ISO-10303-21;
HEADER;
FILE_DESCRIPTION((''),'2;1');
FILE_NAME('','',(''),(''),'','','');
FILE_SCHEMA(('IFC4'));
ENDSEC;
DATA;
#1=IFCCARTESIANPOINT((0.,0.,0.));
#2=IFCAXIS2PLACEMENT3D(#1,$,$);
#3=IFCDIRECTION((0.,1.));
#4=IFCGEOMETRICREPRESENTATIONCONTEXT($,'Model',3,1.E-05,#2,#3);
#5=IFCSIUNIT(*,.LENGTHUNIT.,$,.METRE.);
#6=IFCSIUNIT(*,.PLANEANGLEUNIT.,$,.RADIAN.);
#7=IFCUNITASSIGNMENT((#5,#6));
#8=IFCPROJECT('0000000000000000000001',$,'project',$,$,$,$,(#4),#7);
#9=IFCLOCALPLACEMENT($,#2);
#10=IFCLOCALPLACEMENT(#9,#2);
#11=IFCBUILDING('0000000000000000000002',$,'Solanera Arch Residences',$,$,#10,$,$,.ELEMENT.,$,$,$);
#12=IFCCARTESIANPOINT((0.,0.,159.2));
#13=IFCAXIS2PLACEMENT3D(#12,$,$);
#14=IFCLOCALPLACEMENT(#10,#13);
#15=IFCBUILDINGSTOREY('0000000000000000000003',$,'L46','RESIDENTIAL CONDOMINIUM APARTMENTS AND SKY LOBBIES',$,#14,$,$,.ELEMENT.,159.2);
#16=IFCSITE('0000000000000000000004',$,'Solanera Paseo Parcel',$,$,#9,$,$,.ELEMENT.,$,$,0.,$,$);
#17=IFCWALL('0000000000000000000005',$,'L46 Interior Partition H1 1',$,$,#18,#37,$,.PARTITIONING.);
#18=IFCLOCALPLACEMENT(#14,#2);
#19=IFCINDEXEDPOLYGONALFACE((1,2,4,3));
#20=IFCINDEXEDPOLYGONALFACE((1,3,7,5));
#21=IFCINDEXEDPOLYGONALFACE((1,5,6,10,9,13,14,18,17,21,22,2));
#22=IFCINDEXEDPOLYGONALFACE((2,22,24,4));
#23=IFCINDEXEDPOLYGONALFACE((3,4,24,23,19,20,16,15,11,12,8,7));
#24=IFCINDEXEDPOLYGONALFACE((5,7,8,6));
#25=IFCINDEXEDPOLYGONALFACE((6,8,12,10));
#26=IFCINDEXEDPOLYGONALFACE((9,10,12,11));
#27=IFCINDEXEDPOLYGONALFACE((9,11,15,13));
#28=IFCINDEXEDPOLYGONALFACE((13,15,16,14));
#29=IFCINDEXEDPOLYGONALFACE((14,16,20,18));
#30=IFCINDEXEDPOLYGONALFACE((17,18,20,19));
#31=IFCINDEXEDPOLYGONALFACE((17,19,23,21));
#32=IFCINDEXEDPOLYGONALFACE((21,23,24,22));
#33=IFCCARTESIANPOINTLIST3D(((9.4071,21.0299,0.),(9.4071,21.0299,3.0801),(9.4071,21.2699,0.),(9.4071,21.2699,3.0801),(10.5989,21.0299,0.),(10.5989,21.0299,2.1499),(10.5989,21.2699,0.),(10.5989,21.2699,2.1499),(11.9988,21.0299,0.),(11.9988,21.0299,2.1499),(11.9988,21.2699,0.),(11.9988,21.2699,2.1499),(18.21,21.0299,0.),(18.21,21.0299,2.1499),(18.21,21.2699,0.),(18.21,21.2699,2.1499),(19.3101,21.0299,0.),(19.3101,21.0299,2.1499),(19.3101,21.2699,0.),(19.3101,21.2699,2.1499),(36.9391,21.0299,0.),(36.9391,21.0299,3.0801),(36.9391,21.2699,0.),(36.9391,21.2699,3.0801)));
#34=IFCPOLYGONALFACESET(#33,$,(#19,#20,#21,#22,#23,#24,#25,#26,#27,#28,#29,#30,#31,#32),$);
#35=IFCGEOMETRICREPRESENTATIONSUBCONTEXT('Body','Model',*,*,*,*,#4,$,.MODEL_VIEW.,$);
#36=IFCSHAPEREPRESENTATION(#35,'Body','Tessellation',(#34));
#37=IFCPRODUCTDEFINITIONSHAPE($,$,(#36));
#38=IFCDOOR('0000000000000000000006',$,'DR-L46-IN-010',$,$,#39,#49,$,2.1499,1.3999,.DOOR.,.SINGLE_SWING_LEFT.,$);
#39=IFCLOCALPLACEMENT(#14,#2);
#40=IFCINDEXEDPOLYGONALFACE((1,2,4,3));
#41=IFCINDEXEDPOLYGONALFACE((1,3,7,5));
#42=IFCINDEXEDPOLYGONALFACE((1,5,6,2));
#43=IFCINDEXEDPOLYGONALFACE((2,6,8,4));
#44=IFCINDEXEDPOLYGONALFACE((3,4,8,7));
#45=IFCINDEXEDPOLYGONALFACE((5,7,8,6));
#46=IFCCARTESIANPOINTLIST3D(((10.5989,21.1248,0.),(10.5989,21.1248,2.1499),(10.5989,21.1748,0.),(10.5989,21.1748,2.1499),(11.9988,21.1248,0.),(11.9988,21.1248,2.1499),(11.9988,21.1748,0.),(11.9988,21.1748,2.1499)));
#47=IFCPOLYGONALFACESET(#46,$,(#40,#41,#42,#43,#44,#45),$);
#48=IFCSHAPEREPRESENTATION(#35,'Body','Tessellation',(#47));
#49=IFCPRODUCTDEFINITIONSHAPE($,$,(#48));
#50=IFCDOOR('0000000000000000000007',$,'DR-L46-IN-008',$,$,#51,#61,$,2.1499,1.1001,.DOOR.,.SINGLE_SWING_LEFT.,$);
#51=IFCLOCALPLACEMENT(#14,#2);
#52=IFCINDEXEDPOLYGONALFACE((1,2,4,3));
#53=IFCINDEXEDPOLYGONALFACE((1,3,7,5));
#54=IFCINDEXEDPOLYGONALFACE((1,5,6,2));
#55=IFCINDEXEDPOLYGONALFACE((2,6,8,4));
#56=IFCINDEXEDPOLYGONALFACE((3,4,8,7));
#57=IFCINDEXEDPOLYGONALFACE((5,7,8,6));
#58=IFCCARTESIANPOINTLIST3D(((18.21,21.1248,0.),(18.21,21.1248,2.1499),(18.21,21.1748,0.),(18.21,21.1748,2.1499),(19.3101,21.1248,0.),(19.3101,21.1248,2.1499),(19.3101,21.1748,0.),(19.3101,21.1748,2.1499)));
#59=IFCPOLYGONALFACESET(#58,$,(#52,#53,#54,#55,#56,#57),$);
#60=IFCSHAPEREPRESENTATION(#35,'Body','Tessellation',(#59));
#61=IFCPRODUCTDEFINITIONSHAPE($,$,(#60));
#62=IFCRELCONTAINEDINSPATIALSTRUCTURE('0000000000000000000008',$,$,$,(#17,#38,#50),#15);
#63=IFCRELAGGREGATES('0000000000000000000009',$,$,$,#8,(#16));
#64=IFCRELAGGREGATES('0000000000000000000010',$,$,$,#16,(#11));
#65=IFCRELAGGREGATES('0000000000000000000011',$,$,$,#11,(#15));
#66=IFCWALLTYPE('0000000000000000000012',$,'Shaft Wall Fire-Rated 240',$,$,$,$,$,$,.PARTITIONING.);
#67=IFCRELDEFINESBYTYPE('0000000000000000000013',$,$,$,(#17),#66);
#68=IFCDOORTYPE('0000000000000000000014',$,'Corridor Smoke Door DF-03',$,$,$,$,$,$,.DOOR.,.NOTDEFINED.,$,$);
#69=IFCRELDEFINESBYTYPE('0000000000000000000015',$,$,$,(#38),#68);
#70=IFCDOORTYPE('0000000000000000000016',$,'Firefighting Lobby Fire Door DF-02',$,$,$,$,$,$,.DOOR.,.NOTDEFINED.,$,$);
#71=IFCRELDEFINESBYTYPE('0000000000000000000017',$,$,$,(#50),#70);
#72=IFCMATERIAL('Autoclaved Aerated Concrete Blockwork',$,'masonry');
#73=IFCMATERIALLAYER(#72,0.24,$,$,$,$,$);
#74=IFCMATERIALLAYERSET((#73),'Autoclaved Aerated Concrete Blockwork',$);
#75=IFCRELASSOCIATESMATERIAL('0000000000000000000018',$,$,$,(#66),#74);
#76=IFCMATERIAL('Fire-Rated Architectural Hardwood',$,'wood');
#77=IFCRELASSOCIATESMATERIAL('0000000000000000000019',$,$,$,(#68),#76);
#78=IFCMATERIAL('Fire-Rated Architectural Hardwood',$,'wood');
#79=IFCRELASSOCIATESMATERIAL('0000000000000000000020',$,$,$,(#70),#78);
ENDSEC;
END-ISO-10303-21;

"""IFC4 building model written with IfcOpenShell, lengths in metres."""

from ifc_helpers import new_model, si_unit, direction, frame, frame_2d, origin, place, context, subcontext, project, spatial, rectangle, extrude, material, layer, layer_set, type_object, element, fill, save


model = new_model("IFC4")

# Units and contexts
model_context = context("Model", 3, precision=1e-05, world=origin(), true_north=direction((0.0, 1.0)))
body_context = subcontext(model_context, "Body", "Model", "MODEL_VIEW")
ifc_project = project(units=[si_unit("LENGTHUNIT", "METRE"), si_unit("PLANEANGLEUNIT", "RADIAN")], contexts=[model_context])

# Site, building, storey
site_placement = place(None, origin())
site = spatial("IfcSite", under=ifc_project, at=site_placement, Name="Solanera Paseo Parcel", CompositionType="ELEMENT", RefElevation=0.0)
building_placement = place(site_placement, origin())
building = spatial("IfcBuilding", under=site, at=building_placement, Name="Solanera Arch Residences", CompositionType="ELEMENT")
storey_placement = place(building_placement, frame((0.0, 0.0, 159.2)))
storey = spatial("IfcBuildingStorey", under=building, at=storey_placement, Name="L46", Description="RESIDENTIAL CONDOMINIUM APARTMENTS AND SKY LOBBIES", CompositionType="ELEMENT", Elevation=159.2)

# Wall, openings, doors
ifc_material_1 = material(Name="Autoclaved Aerated Concrete Blockwork", Category="masonry")
ifc_layer_1 = layer(ifc_material_1, 0.24)
ifc_layer_set_1 = layer_set([ifc_layer_1], Name="Autoclaved Aerated Concrete Blockwork")
wall_type_1 = type_object("IfcWallType", Name="Shaft Wall Fire-Rated 240", PredefinedType="PARTITIONING", material=ifc_layer_set_1)
wall_1_placement = place(storey_placement, frame((9.407, 21.1499, 0.0), z_axis=(0.0, 0.0, 1.0), x_axis=(1.0, 0.0, 0.0)))
wall_1 = element("IfcWall", 1, at=wall_1_placement, inside=storey, type_object=wall_type_1, Name="L46 Interior Partition H1 1", PredefinedType="PARTITIONING", context=body_context, shape_type="SweptSolid", body=[
    extrude(rectangle(XDim=27.532, YDim=0.24, at=frame_2d((13.7661, 0.0))), origin(), (0.0, 0.0, 1.0), 3.0801),
])
opening_1_placement = place(wall_1_placement, frame((8.803, 0.0, 0.0)))
opening_1 = element("IfcOpeningElement", 2, at=opening_1_placement, cuts=wall_1, PredefinedType="OPENING", context=body_context, shape_type="SweptSolid", body=[
    extrude(rectangle(XDim=1.1001, YDim=2.1499, at=frame_2d((0.55, 1.075))), frame((0.0, 0.1299, 0.0), z_axis=(0.0, -1.0, 0.0), x_axis=(1.0, 0.0, 0.0)), (0.0, 0.0, 1.0), 0.26),
])
opening_2_placement = place(wall_1_placement, frame((1.1919, 0.0, 0.0)))
opening_2 = element("IfcOpeningElement", 3, at=opening_2_placement, cuts=wall_1, PredefinedType="OPENING", context=body_context, shape_type="SweptSolid", body=[
    extrude(rectangle(XDim=1.3999, YDim=2.1499, at=frame_2d((0.7, 1.075))), frame((0.0, 0.1299, 0.0), z_axis=(0.0, -1.0, 0.0), x_axis=(1.0, 0.0, 0.0)), (0.0, 0.0, 1.0), 0.26),
])
ifc_material_2 = material(Name="Fire-Rated Architectural Hardwood", Category="wood")
door_type_1 = type_object("IfcDoorType", Name="Corridor Smoke Door DF-03", OperationType="NOTDEFINED", PredefinedType="DOOR", material=ifc_material_2)
door_1_placement = place(opening_2_placement, origin())
door_1 = element("IfcDoor", 4, at=door_1_placement, inside=storey, type_object=door_type_1, Name="DR-L46-IN-010", OperationType="SINGLE_SWING_LEFT", OverallHeight=2.1499, OverallWidth=1.3999, PredefinedType="DOOR", context=body_context, shape_type="SweptSolid", body=[
    extrude(rectangle(XDim=1.3999, YDim=2.1499, at=frame_2d((0.7, 1.075))), frame((0.0, 0.0249, 0.0), z_axis=(0.0, -1.0, 0.0), x_axis=(1.0, 0.0, 0.0)), (0.0, 0.0, 1.0), 0.05),
])
fill(opening_2, door_1)
ifc_material_3 = material(Name="Fire-Rated Architectural Hardwood", Category="wood")
door_type_2 = type_object("IfcDoorType", Name="Firefighting Lobby Fire Door DF-02", OperationType="NOTDEFINED", PredefinedType="DOOR", material=ifc_material_3)
door_2_placement = place(opening_1_placement, origin())
door_2 = element("IfcDoor", 5, at=door_2_placement, inside=storey, type_object=door_type_2, Name="DR-L46-IN-008", OperationType="SINGLE_SWING_LEFT", OverallHeight=2.1499, OverallWidth=1.1001, PredefinedType="DOOR", context=body_context, shape_type="SweptSolid", body=[
    extrude(rectangle(XDim=1.1001, YDim=2.1499, at=frame_2d((0.55, 1.075))), frame((0.0, 0.0249, 0.0), z_axis=(0.0, -1.0, 0.0), x_axis=(1.0, 0.0, 0.0)), (0.0, 0.0, 1.0), 0.05),
])
fill(opening_1, door_2)

save(model, "model.ifc")
